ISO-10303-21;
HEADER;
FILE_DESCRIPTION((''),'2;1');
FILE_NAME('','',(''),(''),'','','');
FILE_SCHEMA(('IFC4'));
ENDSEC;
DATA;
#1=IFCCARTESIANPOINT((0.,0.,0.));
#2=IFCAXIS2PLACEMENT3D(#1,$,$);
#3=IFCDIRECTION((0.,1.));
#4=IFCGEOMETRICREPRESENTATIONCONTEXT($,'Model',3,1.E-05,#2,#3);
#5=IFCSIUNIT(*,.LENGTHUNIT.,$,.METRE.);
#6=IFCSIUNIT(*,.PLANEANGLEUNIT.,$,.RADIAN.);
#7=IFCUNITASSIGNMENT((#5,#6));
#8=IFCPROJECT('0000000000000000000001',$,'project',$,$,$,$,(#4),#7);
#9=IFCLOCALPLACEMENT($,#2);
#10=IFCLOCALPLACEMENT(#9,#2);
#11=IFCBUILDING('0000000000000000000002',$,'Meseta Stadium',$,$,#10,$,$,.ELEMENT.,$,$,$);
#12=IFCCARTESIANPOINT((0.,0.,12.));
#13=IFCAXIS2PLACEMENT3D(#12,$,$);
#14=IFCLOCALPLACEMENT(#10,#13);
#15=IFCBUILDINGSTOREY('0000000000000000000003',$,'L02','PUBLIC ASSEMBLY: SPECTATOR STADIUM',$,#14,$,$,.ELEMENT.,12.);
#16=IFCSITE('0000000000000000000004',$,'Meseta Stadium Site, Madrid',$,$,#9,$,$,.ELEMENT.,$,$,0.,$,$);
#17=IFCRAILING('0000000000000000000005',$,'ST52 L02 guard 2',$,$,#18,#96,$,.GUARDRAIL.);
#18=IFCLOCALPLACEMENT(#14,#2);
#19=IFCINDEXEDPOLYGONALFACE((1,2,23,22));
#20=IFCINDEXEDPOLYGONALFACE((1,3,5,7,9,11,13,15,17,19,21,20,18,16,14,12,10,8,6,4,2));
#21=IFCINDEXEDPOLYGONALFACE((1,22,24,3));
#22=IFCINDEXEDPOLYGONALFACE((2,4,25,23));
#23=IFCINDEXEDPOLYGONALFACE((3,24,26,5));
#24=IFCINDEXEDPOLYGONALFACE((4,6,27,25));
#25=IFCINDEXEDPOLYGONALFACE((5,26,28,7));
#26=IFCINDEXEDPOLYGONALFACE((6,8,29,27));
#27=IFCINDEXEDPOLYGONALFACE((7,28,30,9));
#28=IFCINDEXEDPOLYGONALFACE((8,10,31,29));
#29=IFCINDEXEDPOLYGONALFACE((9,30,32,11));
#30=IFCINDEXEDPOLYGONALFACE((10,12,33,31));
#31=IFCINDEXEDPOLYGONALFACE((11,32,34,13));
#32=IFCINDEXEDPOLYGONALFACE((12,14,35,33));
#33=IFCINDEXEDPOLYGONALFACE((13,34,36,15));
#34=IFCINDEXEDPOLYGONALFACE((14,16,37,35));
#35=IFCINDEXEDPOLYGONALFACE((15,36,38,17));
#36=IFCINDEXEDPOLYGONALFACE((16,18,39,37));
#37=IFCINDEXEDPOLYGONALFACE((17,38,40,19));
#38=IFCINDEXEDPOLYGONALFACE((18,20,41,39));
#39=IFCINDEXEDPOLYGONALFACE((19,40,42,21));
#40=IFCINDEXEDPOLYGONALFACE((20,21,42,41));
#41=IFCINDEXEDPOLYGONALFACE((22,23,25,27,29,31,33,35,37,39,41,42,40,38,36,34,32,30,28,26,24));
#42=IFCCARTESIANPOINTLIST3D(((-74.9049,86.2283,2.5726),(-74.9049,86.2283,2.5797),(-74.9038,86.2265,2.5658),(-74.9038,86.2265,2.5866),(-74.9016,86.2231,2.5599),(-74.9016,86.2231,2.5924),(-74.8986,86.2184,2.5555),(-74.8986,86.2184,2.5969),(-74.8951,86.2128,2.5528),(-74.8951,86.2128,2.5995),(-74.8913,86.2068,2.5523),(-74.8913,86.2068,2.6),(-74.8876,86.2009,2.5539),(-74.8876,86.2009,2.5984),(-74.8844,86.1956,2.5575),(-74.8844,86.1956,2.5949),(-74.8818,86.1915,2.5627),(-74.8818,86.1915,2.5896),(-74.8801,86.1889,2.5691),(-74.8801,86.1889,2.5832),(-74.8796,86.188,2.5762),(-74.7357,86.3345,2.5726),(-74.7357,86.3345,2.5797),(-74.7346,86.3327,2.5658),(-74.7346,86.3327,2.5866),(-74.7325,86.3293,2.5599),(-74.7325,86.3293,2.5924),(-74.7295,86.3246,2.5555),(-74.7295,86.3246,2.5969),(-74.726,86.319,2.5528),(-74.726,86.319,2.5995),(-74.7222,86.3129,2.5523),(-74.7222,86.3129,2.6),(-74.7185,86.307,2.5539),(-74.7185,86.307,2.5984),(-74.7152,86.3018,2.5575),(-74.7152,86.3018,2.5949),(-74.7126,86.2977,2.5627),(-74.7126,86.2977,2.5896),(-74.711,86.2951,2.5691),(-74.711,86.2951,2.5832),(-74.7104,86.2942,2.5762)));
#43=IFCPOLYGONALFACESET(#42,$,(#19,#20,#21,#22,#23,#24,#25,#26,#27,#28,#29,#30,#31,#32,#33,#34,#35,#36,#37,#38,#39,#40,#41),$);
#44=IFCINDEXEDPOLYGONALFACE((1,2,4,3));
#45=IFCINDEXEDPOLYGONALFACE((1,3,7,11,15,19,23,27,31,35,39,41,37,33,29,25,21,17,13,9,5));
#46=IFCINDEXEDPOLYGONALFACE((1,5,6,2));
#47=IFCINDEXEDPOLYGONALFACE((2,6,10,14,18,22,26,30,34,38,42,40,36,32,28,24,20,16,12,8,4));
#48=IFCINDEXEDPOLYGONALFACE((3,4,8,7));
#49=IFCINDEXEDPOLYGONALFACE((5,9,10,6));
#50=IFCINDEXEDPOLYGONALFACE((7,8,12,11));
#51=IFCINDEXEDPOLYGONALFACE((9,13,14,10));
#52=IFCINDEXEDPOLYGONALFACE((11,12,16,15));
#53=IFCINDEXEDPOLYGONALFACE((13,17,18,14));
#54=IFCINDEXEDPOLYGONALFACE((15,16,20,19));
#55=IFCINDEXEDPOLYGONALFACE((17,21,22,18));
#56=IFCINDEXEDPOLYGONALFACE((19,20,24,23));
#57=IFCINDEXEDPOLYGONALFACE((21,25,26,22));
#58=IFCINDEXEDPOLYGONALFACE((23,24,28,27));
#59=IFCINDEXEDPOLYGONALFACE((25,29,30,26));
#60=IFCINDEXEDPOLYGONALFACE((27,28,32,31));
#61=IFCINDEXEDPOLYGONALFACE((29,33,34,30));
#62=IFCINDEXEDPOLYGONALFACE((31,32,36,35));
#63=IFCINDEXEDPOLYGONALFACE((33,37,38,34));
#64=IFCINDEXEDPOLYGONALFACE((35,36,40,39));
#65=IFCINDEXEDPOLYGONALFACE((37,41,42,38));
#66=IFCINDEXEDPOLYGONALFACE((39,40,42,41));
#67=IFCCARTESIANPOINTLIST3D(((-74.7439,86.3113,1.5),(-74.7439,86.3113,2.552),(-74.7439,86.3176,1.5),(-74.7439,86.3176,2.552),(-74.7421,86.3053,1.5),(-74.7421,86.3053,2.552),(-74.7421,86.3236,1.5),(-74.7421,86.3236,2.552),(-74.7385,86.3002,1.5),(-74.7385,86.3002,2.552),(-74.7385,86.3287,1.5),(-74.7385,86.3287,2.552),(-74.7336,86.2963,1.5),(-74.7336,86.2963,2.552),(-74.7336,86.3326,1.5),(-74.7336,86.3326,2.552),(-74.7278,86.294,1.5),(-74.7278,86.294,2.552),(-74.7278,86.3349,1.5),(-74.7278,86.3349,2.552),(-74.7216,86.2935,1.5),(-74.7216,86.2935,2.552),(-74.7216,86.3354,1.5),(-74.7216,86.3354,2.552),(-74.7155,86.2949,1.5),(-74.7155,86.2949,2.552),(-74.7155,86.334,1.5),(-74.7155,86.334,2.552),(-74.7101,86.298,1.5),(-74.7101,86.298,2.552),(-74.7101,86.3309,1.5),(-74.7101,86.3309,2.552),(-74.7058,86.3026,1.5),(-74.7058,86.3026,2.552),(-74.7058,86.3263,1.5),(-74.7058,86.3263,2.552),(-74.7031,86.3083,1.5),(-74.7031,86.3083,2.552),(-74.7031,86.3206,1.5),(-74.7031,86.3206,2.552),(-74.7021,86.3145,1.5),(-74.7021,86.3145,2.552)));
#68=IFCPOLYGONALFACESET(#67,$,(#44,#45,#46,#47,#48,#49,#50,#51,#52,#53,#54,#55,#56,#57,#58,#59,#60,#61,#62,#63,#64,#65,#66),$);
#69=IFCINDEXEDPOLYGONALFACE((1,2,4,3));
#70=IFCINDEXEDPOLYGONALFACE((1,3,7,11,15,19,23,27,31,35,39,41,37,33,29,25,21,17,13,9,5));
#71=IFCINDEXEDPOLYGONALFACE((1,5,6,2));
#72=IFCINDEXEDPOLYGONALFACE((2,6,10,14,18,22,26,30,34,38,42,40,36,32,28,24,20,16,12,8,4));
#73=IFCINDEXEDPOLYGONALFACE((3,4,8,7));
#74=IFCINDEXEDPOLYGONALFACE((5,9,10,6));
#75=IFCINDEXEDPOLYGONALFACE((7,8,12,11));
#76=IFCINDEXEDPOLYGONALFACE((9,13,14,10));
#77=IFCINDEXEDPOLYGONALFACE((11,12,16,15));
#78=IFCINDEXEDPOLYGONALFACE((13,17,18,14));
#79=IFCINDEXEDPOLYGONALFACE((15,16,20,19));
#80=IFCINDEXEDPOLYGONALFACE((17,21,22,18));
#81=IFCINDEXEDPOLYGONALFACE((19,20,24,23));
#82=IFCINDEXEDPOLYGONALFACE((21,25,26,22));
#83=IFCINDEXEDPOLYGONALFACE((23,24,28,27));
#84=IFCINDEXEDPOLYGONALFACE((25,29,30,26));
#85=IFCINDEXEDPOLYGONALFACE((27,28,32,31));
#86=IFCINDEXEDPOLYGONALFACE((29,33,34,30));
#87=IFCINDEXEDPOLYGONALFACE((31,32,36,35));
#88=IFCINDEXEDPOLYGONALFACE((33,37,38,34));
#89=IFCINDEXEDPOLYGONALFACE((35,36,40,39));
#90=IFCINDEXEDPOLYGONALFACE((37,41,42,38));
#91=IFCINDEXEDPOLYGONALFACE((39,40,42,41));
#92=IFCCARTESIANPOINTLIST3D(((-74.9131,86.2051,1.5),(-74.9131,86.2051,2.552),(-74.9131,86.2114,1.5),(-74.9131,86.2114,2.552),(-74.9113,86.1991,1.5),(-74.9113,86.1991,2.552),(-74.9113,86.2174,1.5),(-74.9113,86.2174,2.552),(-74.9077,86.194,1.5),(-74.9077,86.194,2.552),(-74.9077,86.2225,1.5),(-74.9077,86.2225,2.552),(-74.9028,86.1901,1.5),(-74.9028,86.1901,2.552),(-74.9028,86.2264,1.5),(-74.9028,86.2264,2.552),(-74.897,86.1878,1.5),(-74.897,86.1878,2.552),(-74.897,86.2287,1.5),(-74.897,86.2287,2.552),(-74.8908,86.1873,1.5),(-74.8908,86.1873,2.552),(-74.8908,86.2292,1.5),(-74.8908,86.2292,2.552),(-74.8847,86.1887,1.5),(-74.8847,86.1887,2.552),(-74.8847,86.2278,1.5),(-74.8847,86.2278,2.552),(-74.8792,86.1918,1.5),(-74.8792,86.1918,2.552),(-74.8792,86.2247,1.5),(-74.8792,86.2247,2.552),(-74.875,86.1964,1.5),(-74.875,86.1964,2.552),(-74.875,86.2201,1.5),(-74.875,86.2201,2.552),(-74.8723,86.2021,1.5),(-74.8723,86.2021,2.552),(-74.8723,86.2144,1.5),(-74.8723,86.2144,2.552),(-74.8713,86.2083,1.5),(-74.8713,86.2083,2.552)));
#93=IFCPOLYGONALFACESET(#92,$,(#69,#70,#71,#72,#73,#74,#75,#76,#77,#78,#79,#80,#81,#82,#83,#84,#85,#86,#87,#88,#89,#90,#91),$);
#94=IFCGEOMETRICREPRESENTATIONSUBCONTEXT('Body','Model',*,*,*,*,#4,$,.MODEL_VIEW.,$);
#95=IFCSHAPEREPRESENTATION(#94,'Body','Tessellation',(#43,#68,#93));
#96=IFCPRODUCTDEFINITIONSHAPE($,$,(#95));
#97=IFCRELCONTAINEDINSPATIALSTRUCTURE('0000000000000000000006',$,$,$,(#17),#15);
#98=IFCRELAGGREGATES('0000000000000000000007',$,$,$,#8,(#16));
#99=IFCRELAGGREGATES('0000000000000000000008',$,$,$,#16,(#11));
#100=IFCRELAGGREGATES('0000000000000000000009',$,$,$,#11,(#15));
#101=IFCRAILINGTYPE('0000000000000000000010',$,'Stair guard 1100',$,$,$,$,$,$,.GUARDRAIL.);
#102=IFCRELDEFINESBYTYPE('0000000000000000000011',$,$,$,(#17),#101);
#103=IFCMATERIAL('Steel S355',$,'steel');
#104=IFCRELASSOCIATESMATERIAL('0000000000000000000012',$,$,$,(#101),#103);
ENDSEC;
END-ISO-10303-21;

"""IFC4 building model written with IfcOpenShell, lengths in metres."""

from ifc_helpers import new_model, si_unit, direction, frame, origin, origin_2d, place, context, subcontext, project, spatial, circle, extrude, material, type_object, element, save


model = new_model("IFC4")

# Units and contexts
model_context = context("Model", 3, precision=1e-05, world=origin(), true_north=direction((0.0, 1.0)))
body_context = subcontext(model_context, "Body", "Model", "MODEL_VIEW")
ifc_project = project(units=[si_unit("LENGTHUNIT", "METRE"), si_unit("PLANEANGLEUNIT", "RADIAN")], contexts=[model_context])

# Site, building, storey
site_placement = place(None, origin())
site = spatial("IfcSite", under=ifc_project, at=site_placement, Name="Meseta Stadium Site, Madrid", CompositionType="ELEMENT", RefElevation=0.0)
building_placement = place(site_placement, origin())
building = spatial("IfcBuilding", under=site, at=building_placement, Name="Meseta Stadium", CompositionType="ELEMENT")
storey_placement = place(building_placement, frame((0.0, 0.0, 12.0)))
storey = spatial("IfcBuildingStorey", under=building, at=storey_placement, Name="L02", Description="PUBLIC ASSEMBLY: SPECTATOR STADIUM", CompositionType="ELEMENT", Elevation=12.0)

# Railing
ifc_material_1 = material(Name="Steel S355", Category="steel")
railing_type_1 = type_object("IfcRailingType", Name="Stair guard 1100", PredefinedType="GUARDRAIL", material=ifc_material_1)
railing_1_placement = place(storey_placement, frame((-74.7231, 86.3145, 1.5)))
element("IfcRailing", 1, at=railing_1_placement, inside=storey, type_object=railing_type_1, Name="ST52 L02 guard 2", PredefinedType="GUARDRAIL", context=body_context, shape_type="SweptSolid", body=[
    extrude(circle(Radius=0.0239, at=origin_2d()), frame((0.0, 0.0, 1.0762), z_axis=(-0.846967, -0.531646, 0.0), x_axis=(0.531646, -0.846967, 0.0)), (0.0, 0.0, 1.0), 0.1997),
    extrude(circle(Radius=0.021, at=origin_2d()), origin(), (0.0, 0.0, 1.0), 1.052),
    extrude(circle(Radius=0.021, at=origin_2d()), frame((-0.1692, -0.1062, 0.0)), (0.0, 0.0, 1.0), 1.052),
])

save(model, "model.ifc")
